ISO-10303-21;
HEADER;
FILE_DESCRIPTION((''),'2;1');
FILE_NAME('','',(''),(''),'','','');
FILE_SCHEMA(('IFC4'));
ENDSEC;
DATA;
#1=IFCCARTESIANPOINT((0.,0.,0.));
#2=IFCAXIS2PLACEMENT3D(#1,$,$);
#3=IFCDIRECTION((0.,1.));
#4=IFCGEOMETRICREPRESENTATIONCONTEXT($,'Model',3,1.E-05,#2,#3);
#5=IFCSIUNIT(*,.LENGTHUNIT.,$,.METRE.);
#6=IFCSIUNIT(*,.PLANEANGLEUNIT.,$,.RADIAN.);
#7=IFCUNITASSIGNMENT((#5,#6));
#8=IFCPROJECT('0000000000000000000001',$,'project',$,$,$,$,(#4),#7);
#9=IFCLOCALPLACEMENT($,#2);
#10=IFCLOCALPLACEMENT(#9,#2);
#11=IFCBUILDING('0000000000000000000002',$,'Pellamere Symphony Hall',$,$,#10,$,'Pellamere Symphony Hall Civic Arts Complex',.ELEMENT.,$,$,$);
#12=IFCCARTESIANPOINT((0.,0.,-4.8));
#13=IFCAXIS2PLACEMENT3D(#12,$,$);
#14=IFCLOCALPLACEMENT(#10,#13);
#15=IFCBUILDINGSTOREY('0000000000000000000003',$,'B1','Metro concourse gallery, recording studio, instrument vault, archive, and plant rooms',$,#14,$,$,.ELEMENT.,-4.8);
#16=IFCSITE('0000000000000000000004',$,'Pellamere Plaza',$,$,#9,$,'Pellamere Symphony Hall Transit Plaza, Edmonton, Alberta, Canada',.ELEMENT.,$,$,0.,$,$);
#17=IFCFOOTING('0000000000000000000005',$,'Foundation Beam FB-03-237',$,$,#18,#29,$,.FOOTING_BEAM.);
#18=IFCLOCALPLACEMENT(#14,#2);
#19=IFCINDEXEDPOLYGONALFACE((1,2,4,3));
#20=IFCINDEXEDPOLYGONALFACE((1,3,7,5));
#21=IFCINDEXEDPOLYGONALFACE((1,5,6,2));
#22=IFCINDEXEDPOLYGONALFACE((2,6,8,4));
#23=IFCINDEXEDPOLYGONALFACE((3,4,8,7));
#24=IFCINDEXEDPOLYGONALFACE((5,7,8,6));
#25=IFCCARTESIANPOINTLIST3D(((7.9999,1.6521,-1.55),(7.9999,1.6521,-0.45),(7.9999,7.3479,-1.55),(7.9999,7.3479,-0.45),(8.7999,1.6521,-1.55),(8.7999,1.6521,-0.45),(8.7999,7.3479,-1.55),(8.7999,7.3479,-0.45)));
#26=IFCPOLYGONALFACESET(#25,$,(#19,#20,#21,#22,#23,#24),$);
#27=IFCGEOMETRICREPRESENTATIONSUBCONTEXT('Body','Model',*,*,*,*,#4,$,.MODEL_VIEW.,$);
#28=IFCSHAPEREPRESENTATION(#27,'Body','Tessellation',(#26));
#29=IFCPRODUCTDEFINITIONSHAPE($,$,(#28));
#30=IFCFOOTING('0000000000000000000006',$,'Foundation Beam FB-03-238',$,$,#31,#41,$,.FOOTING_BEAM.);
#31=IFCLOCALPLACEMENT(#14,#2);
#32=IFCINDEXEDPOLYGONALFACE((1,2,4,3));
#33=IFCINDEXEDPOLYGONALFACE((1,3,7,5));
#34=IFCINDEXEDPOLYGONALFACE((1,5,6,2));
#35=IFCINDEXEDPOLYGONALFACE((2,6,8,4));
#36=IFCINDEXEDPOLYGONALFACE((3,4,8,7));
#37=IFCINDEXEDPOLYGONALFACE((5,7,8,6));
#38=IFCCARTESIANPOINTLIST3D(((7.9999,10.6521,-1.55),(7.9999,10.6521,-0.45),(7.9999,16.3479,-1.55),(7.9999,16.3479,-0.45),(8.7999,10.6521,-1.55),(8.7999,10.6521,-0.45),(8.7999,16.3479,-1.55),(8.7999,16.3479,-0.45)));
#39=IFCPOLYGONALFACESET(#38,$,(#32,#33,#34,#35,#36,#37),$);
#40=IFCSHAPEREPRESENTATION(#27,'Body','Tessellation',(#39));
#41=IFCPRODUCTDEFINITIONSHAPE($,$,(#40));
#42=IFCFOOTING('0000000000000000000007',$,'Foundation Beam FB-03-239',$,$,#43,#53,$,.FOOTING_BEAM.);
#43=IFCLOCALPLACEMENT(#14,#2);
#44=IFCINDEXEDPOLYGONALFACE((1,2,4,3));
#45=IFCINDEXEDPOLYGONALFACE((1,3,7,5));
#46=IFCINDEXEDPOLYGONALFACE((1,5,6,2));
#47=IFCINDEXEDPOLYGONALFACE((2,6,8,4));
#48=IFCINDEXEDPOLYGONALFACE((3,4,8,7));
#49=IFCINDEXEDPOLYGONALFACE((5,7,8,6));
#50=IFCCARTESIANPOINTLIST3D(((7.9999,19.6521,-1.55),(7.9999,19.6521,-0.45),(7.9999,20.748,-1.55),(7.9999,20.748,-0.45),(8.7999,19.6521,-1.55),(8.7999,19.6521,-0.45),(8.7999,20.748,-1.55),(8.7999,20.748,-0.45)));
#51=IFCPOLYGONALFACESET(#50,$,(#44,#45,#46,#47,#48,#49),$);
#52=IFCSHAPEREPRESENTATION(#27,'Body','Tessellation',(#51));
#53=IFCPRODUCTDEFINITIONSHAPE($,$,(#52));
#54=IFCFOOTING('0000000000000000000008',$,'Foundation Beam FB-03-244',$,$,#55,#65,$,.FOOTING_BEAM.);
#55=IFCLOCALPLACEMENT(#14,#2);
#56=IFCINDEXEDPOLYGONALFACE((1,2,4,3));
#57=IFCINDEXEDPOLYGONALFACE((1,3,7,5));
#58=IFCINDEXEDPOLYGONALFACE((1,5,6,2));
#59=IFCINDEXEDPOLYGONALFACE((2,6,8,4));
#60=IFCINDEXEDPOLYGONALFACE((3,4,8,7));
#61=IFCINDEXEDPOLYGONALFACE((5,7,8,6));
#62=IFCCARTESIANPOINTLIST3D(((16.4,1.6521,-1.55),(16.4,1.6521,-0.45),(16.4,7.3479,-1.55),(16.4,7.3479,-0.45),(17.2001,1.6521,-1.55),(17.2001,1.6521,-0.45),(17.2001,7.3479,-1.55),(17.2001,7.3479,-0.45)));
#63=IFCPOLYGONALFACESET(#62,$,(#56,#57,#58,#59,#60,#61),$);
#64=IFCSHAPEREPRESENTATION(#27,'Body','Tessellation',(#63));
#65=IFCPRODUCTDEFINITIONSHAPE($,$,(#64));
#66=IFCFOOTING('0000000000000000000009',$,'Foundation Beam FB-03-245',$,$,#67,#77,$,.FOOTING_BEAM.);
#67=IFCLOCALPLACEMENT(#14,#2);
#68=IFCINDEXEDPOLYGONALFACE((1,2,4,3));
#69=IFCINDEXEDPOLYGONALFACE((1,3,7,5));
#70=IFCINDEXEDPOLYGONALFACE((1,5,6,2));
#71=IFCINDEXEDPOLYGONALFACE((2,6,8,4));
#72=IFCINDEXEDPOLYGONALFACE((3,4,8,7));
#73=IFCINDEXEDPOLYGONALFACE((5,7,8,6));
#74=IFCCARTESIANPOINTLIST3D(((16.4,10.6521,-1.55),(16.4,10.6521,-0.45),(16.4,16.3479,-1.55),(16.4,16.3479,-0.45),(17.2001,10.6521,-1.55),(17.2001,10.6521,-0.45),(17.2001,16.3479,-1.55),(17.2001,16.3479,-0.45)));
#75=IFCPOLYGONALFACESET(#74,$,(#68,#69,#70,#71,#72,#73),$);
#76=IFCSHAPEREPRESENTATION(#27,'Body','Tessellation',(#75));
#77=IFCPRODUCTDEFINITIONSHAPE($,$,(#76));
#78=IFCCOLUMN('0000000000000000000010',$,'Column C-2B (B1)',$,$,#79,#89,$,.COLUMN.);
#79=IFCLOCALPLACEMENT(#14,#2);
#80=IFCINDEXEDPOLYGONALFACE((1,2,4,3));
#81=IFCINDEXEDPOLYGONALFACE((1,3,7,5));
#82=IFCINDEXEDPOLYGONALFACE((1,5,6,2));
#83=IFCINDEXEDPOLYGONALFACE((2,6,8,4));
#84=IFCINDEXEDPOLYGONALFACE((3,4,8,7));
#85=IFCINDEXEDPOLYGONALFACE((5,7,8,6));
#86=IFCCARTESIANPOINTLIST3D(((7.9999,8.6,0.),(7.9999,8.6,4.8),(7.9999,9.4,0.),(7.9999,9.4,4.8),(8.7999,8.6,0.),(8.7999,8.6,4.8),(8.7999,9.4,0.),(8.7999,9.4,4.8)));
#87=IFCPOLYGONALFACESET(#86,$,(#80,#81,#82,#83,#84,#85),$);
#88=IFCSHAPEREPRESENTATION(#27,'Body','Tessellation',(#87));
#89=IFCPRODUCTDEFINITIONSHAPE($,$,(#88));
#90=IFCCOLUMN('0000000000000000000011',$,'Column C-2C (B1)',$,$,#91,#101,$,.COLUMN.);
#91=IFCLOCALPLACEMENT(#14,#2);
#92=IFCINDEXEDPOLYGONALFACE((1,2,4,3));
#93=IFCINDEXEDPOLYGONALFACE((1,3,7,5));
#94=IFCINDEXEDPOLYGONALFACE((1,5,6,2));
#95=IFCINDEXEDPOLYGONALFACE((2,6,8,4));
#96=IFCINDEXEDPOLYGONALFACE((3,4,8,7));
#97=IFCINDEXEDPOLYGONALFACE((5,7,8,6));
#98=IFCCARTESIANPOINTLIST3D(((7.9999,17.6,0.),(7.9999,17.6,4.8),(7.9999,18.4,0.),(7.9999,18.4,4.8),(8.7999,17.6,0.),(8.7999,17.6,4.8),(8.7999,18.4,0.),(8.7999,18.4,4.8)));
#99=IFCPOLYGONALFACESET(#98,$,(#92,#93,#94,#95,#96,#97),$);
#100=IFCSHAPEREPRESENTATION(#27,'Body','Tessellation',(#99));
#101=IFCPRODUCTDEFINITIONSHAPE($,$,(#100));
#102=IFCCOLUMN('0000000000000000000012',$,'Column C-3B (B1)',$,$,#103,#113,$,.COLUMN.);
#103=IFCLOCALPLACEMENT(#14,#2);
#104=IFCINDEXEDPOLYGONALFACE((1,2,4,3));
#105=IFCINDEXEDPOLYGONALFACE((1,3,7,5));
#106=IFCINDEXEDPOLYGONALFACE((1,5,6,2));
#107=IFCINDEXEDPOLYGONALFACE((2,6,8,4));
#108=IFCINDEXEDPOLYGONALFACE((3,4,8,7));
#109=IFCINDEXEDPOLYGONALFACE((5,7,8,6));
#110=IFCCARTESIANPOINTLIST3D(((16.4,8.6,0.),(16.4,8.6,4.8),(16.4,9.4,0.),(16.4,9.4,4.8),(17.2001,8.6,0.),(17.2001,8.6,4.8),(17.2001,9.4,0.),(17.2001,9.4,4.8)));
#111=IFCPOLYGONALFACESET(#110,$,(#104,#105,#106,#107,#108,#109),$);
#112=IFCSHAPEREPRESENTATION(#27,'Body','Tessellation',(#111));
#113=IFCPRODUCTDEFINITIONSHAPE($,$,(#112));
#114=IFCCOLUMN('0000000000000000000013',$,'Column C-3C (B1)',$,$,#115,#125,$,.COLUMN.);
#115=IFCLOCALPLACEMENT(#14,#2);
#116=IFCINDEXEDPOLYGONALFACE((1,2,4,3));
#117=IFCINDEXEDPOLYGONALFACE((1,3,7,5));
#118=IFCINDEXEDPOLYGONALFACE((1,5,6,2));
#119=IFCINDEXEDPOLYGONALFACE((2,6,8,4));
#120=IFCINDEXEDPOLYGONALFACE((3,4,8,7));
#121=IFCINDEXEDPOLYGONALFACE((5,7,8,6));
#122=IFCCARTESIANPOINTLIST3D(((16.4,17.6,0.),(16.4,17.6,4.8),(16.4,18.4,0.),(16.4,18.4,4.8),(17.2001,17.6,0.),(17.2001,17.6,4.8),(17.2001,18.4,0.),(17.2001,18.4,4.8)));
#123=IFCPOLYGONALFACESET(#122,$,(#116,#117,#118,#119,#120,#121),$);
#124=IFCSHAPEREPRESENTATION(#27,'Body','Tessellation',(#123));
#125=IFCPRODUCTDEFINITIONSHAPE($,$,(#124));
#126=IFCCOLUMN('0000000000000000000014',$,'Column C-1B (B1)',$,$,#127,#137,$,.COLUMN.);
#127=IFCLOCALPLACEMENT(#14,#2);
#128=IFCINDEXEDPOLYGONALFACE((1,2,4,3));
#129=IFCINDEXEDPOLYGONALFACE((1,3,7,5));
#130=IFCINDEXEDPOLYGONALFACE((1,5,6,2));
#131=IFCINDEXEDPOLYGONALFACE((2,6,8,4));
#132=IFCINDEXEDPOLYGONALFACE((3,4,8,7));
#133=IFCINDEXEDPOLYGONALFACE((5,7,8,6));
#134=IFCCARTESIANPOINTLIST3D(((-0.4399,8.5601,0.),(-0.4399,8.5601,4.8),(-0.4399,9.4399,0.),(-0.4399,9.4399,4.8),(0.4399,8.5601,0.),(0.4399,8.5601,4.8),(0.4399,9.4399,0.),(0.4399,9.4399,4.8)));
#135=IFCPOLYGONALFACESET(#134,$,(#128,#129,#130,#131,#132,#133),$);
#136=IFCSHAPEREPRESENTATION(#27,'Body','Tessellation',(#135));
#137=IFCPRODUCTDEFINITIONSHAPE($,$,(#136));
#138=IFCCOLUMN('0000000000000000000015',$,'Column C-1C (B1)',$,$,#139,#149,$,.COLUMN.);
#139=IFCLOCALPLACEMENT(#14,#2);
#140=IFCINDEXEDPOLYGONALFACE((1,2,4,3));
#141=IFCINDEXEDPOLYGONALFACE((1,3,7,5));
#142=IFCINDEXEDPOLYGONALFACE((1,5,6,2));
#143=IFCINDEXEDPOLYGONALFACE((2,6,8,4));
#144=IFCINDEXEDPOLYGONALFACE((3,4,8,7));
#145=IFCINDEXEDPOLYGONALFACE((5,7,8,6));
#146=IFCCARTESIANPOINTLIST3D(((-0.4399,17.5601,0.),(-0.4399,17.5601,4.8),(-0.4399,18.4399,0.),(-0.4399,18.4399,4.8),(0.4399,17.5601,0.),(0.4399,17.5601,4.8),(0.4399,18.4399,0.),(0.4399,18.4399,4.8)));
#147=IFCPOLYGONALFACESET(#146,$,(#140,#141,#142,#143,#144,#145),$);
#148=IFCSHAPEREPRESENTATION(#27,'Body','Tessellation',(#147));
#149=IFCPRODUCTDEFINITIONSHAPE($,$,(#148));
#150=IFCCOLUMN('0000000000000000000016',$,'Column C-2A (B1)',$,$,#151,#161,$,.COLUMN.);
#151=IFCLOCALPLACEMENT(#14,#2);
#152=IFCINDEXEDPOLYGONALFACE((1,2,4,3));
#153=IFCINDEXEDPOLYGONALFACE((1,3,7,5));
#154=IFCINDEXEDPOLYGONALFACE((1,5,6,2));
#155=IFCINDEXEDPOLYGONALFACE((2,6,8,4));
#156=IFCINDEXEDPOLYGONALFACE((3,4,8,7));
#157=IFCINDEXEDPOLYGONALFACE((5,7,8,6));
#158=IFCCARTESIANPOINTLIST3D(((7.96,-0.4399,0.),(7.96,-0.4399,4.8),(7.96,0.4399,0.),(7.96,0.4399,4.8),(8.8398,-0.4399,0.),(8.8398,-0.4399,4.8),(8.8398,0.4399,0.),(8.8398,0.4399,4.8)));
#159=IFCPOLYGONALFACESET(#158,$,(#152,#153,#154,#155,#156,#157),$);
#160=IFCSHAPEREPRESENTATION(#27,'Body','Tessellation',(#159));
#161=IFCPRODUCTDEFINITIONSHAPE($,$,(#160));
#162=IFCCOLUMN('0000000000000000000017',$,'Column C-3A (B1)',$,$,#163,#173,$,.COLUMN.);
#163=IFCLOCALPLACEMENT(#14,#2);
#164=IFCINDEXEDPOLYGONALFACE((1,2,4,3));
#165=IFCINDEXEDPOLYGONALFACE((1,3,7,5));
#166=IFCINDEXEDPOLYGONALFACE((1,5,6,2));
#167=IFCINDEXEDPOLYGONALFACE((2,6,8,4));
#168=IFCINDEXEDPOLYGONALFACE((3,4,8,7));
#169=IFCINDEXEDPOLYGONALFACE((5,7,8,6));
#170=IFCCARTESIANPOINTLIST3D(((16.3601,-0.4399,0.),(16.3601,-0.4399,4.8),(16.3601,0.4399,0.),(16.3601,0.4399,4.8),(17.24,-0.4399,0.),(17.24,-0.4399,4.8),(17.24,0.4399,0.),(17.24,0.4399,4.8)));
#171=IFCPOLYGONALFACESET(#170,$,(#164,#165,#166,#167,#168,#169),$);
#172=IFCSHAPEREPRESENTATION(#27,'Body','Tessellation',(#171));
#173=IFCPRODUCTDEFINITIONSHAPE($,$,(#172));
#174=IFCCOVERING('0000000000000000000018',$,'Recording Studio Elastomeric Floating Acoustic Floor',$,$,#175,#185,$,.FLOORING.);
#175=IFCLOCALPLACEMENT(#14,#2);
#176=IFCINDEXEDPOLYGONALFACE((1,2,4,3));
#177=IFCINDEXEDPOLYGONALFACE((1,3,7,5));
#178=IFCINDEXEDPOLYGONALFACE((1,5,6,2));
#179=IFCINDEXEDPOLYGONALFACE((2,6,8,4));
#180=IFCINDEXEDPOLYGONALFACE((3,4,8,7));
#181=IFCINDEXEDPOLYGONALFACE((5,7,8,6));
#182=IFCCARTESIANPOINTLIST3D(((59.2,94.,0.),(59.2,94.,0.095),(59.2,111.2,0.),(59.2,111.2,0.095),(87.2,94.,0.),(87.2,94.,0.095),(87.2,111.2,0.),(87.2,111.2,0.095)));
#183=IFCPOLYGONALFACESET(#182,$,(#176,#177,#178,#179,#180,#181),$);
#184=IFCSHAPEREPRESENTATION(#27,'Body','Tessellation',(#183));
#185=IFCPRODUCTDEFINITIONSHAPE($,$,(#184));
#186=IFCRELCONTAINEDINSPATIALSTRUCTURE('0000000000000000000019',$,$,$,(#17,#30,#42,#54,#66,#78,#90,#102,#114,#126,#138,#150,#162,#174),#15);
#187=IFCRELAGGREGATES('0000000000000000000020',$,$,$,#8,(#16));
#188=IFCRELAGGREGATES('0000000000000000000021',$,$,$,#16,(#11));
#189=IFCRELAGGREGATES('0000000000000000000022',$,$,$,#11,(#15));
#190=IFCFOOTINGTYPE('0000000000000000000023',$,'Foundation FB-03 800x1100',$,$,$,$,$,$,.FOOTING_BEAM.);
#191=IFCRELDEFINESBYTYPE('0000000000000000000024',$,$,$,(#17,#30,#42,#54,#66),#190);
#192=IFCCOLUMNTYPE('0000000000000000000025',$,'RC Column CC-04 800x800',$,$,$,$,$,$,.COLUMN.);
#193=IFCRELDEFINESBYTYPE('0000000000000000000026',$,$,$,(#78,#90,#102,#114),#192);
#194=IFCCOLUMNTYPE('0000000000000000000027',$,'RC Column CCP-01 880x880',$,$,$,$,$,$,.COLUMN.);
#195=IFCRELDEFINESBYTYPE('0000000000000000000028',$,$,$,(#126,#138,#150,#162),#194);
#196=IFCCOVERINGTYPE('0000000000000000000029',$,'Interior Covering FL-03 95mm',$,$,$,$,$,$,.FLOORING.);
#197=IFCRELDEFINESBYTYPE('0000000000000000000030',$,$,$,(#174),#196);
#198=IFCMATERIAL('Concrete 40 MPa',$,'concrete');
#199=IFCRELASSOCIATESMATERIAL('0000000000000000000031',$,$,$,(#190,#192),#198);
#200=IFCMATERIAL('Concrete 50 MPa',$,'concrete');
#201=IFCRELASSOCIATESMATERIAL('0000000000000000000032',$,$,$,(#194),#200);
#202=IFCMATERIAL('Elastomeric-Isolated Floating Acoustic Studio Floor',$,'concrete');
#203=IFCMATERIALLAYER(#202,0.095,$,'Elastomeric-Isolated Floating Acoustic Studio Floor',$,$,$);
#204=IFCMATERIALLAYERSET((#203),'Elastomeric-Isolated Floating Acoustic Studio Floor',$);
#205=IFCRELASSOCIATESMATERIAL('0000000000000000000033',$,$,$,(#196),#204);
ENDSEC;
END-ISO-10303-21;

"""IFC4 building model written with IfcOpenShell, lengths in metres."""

from ifc_helpers import new_model, si_unit, direction, frame, origin, origin_2d, place, context, subcontext, project, spatial, polyline, rectangle, outline, extrude, material, layer, layer_set, material_profile, profile_set, type_object, element, save


model = new_model("IFC4")

# Units and contexts
model_context = context("Model", 3, precision=1e-05, world=origin(), true_north=direction((0.0, 1.0)))
body_context = subcontext(model_context, "Body", "Model", "MODEL_VIEW")
ifc_project = project(units=[si_unit("LENGTHUNIT", "METRE"), si_unit("PLANEANGLEUNIT", "RADIAN")], contexts=[model_context])

# Site, building, storey
site_placement = place(None, origin())
site = spatial("IfcSite", under=ifc_project, at=site_placement, Name="Pellamere Plaza", LongName="Pellamere Symphony Hall Transit Plaza, Edmonton, Alberta, Canada", CompositionType="ELEMENT", RefElevation=0.0)
building_placement = place(site_placement, origin())
building = spatial("IfcBuilding", under=site, at=building_placement, Name="Pellamere Symphony Hall", LongName="Pellamere Symphony Hall Civic Arts Complex", CompositionType="ELEMENT")
storey_placement = place(building_placement, frame((0.0, 0.0, -4.8)))
storey = spatial("IfcBuildingStorey", under=building, at=storey_placement, Name="B1", Description="Metro concourse gallery, recording studio, instrument vault, archive, and plant rooms", CompositionType="ELEMENT", Elevation=-4.8)

# Footings
ifc_material_1 = material(Name="Concrete 40 MPa", Category="concrete")
ifc_material_profile_1 = material_profile(ifc_material_1, rectangle(XDim=0.8, YDim=1.1001, at=origin_2d()), Name="RC 800x1100")
ifc_profile_set_1 = profile_set([ifc_material_profile_1], Name="Concrete 40 MPa")
footing_type_1 = type_object("IfcFootingType", Name="Foundation FB-03 800x1100", PredefinedType="FOOTING_BEAM", material=ifc_profile_set_1)
for number, where, z_axis, x_axis, name in (
    (1, (8.3999, 1.6521, -1.0), (0.0, 1.0, 0.0), (-1.0, 0.0, 0.0), "Foundation Beam FB-03-237"),
    (2, (8.3999, 10.6521, -1.0), (0.0, 1.0, 0.0), (-1.0, 0.0, 0.0), "Foundation Beam FB-03-238"),
):
    element("IfcFooting", number, at=place(storey_placement, frame(where, z_axis=z_axis, x_axis=x_axis)), inside=storey, type_object=footing_type_1, Name=name, PredefinedType="FOOTING_BEAM", context=body_context, shape_type="SweptSolid", body=[
        extrude(rectangle(XDim=0.8, YDim=1.1001, at=origin_2d()), origin(), (0.0, 0.0, 1.0), 5.6958),
    ])
footing_1_placement = place(storey_placement, frame((8.3999, 19.6521, -1.0), z_axis=(0.0, 1.0, 0.0), x_axis=(-1.0, 0.0, 0.0)))
element("IfcFooting", 3, at=footing_1_placement, inside=storey, type_object=footing_type_1, Name="Foundation Beam FB-03-239", PredefinedType="FOOTING_BEAM", context=body_context, shape_type="SweptSolid", body=[
    extrude(rectangle(XDim=0.8, YDim=1.1001, at=origin_2d()), origin(), (0.0, 0.0, 1.0), 1.0959),
])
for number, where, z_axis, x_axis, name in (
    (4, (16.8, 1.6521, -1.0), (0.0, 1.0, 0.0), (-1.0, 0.0, 0.0), "Foundation Beam FB-03-244"),
    (5, (16.8, 10.6521, -1.0), (0.0, 1.0, 0.0), (-1.0, 0.0, 0.0), "Foundation Beam FB-03-245"),
):
    element("IfcFooting", number, at=place(storey_placement, frame(where, z_axis=z_axis, x_axis=x_axis)), inside=storey, type_object=footing_type_1, Name=name, PredefinedType="FOOTING_BEAM", context=body_context, shape_type="SweptSolid", body=[
        extrude(rectangle(XDim=0.8, YDim=1.1001, at=origin_2d()), origin(), (0.0, 0.0, 1.0), 5.6958),
    ])

# Columns
ifc_material_profile_2 = material_profile(ifc_material_1, rectangle(XDim=0.8, YDim=0.8, at=origin_2d()), Name="RC 800x800")
ifc_profile_set_2 = profile_set([ifc_material_profile_2], Name="Concrete 40 MPa")
column_type_1 = type_object("IfcColumnType", Name="RC Column CC-04 800x800", PredefinedType="COLUMN", material=ifc_profile_set_2)
for number, where, z_axis, x_axis, name in (
    (6, (8.3999, 9.0, 0.0), (0.0, 0.0, 1.0), (1.0, 0.0, 0.0), "Column C-2B (B1)"),
    (7, (8.3999, 18.0, 0.0), (0.0, 0.0, 1.0), (1.0, 0.0, 0.0), "Column C-2C (B1)"),
    (8, (16.8, 9.0, 0.0), (0.0, 0.0, 1.0), (1.0, 0.0, 0.0), "Column C-3B (B1)"),
    (9, (16.8, 18.0, 0.0), (0.0, 0.0, 1.0), (1.0, 0.0, 0.0), "Column C-3C (B1)"),
):
    element("IfcColumn", number, at=place(storey_placement, frame(where, z_axis=z_axis, x_axis=x_axis)), inside=storey, type_object=column_type_1, Name=name, PredefinedType="COLUMN", context=body_context, shape_type="SweptSolid", body=[
        extrude(rectangle(XDim=0.8, YDim=0.8, at=origin_2d()), origin(), (0.0, 0.0, 1.0), 4.8),
    ])
ifc_material_2 = material(Name="Concrete 50 MPa", Category="concrete")
ifc_material_profile_3 = material_profile(ifc_material_2, rectangle(XDim=0.8799, YDim=0.8799, at=origin_2d()), Name="RC 880x880")
ifc_profile_set_3 = profile_set([ifc_material_profile_3], Name="Concrete 50 MPa")
column_type_2 = type_object("IfcColumnType", Name="RC Column CCP-01 880x880", PredefinedType="COLUMN", material=ifc_profile_set_3)
for number, where, z_axis, x_axis, name in (
    (10, (0.0, 9.0, 0.0), (0.0, 0.0, 1.0), (1.0, 0.0, 0.0), "Column C-1B (B1)"),
    (11, (0.0, 18.0, 0.0), (0.0, 0.0, 1.0), (1.0, 0.0, 0.0), "Column C-1C (B1)"),
    (12, (8.3999, 0.0, 0.0), (0.0, 0.0, 1.0), (1.0, 0.0, 0.0), "Column C-2A (B1)"),
    (13, (16.8, 0.0, 0.0), (0.0, 0.0, 1.0), (1.0, 0.0, 0.0), "Column C-3A (B1)"),
):
    element("IfcColumn", number, at=place(storey_placement, frame(where, z_axis=z_axis, x_axis=x_axis)), inside=storey, type_object=column_type_2, Name=name, PredefinedType="COLUMN", context=body_context, shape_type="SweptSolid", body=[
        extrude(rectangle(XDim=0.8799, YDim=0.8799, at=origin_2d()), origin(), (0.0, 0.0, 1.0), 4.8),
    ])

# Covering
ifc_material_3 = material(Name="Elastomeric-Isolated Floating Acoustic Studio Floor", Category="concrete")
ifc_layer = layer(ifc_material_3, 0.095, Name="Elastomeric-Isolated Floating Acoustic Studio Floor")
ifc_layer_set = layer_set([ifc_layer], Name="Elastomeric-Isolated Floating Acoustic Studio Floor")
covering_type = type_object("IfcCoveringType", Name="Interior Covering FL-03 95mm", PredefinedType="FLOORING", material=ifc_layer_set)
covering_placement = place(storey_placement, origin())
element("IfcCovering", 14, at=covering_placement, inside=storey, type_object=covering_type, Name="Recording Studio Elastomeric Floating Acoustic Floor", PredefinedType="FLOORING", context=body_context, shape_type="SweptSolid", body=[
    extrude(outline(polyline([(59.2, 94.0), (87.2, 94.0), (87.2, 111.2), (59.2, 111.2), (59.2, 94.0)])), origin(), (0.0, 0.0, 1.0), 0.095),
])

save(model, "model.ifc")
